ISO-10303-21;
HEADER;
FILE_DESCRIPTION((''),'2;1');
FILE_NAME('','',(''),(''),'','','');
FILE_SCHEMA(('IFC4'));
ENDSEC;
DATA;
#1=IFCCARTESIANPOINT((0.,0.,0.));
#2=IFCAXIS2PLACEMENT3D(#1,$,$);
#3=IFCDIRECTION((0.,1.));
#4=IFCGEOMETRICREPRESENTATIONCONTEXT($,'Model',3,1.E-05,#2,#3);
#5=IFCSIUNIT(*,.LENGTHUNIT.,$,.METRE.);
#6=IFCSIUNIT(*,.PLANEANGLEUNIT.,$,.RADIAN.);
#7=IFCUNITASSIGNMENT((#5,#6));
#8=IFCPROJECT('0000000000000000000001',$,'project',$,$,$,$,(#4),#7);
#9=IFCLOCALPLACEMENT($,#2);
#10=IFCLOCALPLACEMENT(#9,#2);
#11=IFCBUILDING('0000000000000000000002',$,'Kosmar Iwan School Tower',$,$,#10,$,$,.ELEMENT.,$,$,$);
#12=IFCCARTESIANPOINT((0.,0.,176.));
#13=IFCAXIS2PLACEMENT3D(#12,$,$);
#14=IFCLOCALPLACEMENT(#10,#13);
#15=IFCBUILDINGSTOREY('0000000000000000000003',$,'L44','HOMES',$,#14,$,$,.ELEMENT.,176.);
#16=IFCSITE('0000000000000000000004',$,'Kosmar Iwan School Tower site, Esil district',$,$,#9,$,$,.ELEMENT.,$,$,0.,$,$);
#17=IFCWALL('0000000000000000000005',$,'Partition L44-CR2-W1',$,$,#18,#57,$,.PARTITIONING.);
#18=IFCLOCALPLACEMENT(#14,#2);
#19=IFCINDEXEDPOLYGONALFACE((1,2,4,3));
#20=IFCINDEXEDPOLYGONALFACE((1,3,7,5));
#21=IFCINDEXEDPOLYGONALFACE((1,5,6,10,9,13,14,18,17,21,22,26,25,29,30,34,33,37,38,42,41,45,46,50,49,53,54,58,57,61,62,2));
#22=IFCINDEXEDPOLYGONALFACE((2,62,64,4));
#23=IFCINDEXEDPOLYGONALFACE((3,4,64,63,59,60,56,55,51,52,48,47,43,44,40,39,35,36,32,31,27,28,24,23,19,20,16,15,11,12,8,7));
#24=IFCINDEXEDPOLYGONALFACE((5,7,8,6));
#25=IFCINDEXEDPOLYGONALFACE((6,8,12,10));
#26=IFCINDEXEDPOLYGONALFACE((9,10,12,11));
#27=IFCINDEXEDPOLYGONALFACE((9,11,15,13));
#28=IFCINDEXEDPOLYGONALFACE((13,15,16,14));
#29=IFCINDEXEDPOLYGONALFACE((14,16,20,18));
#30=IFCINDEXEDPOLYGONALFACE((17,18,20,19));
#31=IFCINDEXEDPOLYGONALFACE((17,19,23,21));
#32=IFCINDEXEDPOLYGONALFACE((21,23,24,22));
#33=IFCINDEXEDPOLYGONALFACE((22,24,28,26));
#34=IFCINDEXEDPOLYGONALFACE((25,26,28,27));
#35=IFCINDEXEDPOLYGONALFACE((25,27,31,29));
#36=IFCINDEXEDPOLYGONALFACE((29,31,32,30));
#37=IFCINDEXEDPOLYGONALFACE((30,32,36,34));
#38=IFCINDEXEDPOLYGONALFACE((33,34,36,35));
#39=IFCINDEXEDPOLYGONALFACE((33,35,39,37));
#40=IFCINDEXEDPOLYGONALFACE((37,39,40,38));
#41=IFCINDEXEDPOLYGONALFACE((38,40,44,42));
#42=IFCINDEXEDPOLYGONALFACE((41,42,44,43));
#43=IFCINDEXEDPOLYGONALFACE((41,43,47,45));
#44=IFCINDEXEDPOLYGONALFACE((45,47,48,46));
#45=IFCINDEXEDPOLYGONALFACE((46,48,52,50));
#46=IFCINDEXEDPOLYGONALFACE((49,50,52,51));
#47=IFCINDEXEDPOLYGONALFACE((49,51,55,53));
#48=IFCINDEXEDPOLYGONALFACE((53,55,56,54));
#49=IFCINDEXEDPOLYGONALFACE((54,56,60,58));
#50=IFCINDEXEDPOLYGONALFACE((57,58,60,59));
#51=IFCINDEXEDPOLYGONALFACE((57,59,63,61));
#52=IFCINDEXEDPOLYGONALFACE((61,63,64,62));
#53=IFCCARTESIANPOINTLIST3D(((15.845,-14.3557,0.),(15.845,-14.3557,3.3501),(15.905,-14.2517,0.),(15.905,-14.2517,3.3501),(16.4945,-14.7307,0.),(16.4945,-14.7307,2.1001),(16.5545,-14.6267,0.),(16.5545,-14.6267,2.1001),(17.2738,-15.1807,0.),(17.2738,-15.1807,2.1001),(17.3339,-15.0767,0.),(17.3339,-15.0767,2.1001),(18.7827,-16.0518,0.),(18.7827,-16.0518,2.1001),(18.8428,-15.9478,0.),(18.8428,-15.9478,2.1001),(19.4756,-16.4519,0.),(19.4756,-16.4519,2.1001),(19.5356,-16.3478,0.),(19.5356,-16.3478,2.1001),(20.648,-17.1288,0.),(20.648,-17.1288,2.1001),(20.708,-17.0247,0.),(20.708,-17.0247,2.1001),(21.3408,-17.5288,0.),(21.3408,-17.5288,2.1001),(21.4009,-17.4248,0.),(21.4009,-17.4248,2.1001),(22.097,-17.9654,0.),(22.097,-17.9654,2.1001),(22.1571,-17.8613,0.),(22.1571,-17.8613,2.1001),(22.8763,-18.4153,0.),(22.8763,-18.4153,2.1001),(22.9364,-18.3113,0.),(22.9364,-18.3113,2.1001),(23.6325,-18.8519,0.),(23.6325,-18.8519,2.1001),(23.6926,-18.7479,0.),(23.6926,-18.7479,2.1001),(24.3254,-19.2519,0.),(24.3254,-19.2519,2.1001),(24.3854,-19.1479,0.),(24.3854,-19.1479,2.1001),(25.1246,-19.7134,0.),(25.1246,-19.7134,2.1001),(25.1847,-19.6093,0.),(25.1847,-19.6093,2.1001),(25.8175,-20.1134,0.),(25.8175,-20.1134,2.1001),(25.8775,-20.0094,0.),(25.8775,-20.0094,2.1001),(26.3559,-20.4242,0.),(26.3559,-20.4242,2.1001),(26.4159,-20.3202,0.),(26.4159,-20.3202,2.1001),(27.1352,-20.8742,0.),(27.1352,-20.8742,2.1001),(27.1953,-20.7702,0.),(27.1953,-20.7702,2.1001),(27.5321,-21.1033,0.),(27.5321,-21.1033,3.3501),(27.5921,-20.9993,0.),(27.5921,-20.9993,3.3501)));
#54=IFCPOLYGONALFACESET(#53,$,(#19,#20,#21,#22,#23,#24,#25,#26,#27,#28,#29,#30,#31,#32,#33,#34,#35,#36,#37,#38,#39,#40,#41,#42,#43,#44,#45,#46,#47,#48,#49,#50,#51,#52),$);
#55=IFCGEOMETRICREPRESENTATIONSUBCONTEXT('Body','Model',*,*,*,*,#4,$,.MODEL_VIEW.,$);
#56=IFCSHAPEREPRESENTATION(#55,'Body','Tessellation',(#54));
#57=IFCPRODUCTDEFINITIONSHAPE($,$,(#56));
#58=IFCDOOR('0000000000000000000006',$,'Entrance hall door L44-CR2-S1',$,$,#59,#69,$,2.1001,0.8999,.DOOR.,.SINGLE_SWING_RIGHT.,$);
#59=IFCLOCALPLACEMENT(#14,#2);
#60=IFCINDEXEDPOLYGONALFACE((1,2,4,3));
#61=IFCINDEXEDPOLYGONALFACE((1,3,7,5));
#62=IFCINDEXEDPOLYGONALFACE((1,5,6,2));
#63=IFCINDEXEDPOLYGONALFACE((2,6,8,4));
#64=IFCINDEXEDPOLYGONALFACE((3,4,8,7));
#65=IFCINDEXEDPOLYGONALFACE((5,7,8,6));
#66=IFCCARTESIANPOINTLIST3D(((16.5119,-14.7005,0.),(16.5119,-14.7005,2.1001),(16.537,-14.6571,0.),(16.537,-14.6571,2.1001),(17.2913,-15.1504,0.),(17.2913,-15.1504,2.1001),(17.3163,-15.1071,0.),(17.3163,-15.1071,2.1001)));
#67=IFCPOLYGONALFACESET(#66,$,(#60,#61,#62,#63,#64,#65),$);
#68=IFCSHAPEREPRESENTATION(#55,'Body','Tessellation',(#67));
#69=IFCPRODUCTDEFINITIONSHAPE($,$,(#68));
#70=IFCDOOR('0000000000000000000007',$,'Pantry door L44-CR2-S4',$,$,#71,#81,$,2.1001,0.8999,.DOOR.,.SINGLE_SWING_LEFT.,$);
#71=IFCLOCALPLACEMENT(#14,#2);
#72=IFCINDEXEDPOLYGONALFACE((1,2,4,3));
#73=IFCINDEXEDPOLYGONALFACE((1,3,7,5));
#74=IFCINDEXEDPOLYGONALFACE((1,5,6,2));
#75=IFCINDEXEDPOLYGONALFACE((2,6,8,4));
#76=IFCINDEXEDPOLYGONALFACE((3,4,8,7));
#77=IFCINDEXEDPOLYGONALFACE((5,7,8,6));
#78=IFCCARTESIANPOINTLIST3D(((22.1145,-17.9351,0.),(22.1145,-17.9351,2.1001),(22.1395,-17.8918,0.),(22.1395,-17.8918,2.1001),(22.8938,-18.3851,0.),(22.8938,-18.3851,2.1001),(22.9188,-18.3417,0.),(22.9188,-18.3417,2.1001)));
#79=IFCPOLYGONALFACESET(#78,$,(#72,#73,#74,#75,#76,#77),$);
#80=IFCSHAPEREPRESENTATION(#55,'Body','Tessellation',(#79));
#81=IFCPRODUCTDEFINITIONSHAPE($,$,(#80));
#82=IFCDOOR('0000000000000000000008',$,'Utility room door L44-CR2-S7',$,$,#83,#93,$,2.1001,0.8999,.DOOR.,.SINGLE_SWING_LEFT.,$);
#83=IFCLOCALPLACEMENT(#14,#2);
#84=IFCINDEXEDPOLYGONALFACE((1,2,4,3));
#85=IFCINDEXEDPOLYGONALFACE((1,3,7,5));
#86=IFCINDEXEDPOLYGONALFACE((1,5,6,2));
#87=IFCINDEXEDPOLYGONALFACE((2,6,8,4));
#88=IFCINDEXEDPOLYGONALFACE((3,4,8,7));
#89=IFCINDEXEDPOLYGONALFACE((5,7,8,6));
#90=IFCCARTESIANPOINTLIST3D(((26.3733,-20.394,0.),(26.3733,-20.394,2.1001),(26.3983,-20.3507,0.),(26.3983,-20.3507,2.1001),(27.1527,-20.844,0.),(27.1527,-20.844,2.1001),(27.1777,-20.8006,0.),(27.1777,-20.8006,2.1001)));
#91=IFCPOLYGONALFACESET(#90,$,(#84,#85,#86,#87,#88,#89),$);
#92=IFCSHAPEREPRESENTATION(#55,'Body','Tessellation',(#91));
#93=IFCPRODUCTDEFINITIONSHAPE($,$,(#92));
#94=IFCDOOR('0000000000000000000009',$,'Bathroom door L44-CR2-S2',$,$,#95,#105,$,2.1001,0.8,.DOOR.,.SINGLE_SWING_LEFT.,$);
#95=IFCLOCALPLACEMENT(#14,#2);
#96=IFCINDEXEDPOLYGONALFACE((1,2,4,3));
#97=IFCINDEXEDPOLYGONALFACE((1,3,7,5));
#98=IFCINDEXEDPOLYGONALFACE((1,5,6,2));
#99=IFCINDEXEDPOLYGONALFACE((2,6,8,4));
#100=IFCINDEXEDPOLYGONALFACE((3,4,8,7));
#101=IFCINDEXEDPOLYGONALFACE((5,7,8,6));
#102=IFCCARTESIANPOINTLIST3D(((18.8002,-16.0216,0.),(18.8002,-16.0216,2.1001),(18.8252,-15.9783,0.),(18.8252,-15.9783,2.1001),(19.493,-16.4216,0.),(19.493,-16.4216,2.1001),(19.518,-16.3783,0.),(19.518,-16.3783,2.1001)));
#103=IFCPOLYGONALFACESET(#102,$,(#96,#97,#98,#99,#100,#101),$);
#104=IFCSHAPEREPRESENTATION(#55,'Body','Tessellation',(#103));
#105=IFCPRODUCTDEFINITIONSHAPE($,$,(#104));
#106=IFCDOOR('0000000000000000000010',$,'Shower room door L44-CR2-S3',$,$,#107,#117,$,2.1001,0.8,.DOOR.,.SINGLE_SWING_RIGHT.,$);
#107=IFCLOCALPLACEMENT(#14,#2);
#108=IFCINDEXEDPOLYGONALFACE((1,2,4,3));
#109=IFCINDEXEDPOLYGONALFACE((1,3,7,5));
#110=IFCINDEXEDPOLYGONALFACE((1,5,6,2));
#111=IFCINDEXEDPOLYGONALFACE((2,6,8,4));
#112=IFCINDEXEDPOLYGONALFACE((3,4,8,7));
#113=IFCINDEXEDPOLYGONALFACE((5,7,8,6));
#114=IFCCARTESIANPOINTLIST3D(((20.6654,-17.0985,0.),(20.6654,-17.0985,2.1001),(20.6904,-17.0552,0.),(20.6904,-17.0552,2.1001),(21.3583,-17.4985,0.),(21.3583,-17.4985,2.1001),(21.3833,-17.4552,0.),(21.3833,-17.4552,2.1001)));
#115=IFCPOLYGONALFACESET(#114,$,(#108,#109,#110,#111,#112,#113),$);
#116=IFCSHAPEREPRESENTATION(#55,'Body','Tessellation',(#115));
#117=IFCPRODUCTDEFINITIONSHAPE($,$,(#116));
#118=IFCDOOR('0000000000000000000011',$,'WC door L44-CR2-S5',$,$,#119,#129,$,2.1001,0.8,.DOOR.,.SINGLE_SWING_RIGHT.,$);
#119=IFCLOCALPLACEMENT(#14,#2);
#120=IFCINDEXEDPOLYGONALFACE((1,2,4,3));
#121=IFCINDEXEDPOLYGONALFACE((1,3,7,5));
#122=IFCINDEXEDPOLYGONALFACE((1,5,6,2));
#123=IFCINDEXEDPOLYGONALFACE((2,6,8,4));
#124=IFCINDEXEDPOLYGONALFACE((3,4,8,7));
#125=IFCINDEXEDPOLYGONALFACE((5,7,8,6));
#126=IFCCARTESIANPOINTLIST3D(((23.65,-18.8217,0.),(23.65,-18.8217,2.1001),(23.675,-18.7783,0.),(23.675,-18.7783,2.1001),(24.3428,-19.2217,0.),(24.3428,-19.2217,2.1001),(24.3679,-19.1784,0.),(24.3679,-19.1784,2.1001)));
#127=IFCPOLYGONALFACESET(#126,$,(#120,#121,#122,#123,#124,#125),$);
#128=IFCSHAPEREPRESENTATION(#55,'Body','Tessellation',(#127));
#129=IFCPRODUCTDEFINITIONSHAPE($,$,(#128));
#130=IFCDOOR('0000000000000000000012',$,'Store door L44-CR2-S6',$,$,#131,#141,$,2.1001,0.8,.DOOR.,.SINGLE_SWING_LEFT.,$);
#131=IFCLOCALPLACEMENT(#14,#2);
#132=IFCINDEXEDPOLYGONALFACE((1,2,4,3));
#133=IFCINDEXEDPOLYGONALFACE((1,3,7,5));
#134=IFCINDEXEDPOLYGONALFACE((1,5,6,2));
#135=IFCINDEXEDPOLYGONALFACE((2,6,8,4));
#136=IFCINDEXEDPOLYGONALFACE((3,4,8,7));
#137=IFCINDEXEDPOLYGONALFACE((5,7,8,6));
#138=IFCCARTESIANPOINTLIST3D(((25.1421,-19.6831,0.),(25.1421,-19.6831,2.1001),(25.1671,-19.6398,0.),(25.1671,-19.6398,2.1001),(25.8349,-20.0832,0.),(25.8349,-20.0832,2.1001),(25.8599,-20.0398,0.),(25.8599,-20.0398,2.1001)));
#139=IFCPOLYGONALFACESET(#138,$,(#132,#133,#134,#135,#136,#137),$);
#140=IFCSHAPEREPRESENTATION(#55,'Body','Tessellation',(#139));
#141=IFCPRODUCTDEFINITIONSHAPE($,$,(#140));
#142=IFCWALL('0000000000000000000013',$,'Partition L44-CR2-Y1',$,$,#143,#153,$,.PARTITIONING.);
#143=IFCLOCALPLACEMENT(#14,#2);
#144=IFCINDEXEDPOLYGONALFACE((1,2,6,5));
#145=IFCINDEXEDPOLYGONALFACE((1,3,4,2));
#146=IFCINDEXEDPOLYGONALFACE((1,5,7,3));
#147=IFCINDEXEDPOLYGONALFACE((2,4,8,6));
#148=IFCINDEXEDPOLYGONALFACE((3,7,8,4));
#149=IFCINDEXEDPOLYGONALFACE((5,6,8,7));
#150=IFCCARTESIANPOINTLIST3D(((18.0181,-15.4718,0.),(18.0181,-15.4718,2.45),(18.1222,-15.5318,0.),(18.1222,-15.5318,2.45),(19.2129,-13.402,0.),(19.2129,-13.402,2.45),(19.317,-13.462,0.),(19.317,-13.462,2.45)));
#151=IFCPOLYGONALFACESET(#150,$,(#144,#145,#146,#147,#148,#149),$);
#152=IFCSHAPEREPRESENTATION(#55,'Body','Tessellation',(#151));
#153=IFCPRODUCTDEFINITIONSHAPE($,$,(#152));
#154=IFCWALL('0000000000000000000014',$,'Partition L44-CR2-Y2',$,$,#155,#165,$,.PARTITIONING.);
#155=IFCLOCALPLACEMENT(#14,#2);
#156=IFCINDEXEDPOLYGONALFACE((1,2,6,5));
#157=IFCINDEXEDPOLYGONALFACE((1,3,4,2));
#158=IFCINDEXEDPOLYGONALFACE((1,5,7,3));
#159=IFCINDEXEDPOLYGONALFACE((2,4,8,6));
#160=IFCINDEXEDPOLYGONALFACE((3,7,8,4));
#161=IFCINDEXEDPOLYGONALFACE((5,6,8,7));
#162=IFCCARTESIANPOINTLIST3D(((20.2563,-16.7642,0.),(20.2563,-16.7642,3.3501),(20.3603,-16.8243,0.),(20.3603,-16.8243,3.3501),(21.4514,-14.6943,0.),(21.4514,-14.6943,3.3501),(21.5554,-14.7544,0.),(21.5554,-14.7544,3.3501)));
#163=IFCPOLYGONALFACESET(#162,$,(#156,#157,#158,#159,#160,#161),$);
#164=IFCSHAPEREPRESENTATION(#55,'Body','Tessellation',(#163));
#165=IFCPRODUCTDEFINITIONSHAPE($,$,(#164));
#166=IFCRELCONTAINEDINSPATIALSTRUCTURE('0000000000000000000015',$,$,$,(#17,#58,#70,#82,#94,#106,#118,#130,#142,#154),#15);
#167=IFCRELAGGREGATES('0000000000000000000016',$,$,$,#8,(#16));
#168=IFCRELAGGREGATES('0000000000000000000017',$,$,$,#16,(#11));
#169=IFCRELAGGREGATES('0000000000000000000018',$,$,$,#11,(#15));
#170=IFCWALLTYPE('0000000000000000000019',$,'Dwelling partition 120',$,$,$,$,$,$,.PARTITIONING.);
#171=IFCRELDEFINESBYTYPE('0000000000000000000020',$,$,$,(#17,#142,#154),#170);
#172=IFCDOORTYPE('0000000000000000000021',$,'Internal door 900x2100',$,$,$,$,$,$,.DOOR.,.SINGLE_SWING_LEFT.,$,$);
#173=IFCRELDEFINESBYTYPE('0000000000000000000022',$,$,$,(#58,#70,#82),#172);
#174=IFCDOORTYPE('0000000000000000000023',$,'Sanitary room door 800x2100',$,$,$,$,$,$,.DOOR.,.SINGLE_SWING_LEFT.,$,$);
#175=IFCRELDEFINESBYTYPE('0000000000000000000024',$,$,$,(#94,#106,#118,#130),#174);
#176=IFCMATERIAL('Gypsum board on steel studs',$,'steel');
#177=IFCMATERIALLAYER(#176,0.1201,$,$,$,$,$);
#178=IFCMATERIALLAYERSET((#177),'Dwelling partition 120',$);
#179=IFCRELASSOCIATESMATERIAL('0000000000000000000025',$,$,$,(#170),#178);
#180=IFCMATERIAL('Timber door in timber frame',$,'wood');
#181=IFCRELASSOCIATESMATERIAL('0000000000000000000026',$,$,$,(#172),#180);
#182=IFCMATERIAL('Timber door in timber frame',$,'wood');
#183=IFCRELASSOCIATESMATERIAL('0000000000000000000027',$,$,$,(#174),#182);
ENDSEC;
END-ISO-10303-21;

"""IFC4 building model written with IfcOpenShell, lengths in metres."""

from ifc_helpers import new_model, si_unit, direction, frame, frame_2d, origin, place, context, subcontext, project, spatial, rectangle, extrude, material, layer, layer_set, type_object, element, fill, save


model = new_model("IFC4")

# Units and contexts
model_context = context("Model", 3, precision=1e-05, world=origin(), true_north=direction((0.0, 1.0)))
body_context = subcontext(model_context, "Body", "Model", "MODEL_VIEW")
ifc_project = project(units=[si_unit("LENGTHUNIT", "METRE"), si_unit("PLANEANGLEUNIT", "RADIAN")], contexts=[model_context])

# Site, building, storey
site_placement = place(None, origin())
site = spatial("IfcSite", under=ifc_project, at=site_placement, Name="Kosmar Iwan School Tower site, Esil district", CompositionType="ELEMENT", RefElevation=0.0)
building_placement = place(site_placement, origin())
building = spatial("IfcBuilding", under=site, at=building_placement, Name="Kosmar Iwan School Tower", CompositionType="ELEMENT")
storey_placement = place(building_placement, frame((0.0, 0.0, 176.0)))
storey = spatial("IfcBuildingStorey", under=building, at=storey_placement, Name="L44", Description="HOMES", CompositionType="ELEMENT", Elevation=176.0)

# Shared definitions
ifc_material_1 = material(Name="Gypsum board on steel studs", Category="steel")
ifc_layer_1 = layer(ifc_material_1, 0.1201)
ifc_layer_set_1 = layer_set([ifc_layer_1], Name="Dwelling partition 120")
wall_type_1 = type_object("IfcWallType", Name="Dwelling partition 120", PredefinedType="PARTITIONING", material=ifc_layer_set_1)

# Wall, openings, doors
wall_1_placement = place(storey_placement, frame((15.875, -14.3037, 0.0), z_axis=(0.0, 0.0, 1.0), x_axis=(0.866024, -0.500003, 0.0)))
wall_1 = element("IfcWall", 1, at=wall_1_placement, inside=storey, type_object=wall_type_1, Name="Partition L44-CR2-W1", PredefinedType="PARTITIONING", context=body_context, shape_type="SweptSolid", body=[
    extrude(rectangle(XDim=13.4951, YDim=0.1201, at=frame_2d((6.7476, 0.0))), origin(), (0.0, 0.0, 1.0), 3.3501),
])
opening_1_placement = place(wall_1_placement, frame((0.75, 0.0, 0.0)))
opening_1 = element("IfcOpeningElement", 2, at=opening_1_placement, cuts=wall_1, PredefinedType="OPENING", context=body_context, shape_type="SweptSolid", body=[
    extrude(rectangle(XDim=0.8999, YDim=2.1001, at=frame_2d((0.45, 1.05))), frame((0.0, 0.072, 0.0), z_axis=(0.0, -1.0, 0.0), x_axis=(1.0, 0.0, 0.0)), (0.0, 0.0, 1.0), 0.144),
])
opening_2_placement = place(wall_1_placement, frame((3.3923, 0.0, 0.0)))
opening_2 = element("IfcOpeningElement", 3, at=opening_2_placement, cuts=wall_1, PredefinedType="OPENING", context=body_context, shape_type="SweptSolid", body=[
    extrude(rectangle(XDim=0.8, YDim=2.1001, at=frame_2d((0.3999, 1.05))), frame((0.0, 0.072, 0.0), z_axis=(0.0, -1.0, 0.0), x_axis=(1.0, 0.0, 0.0)), (0.0, 0.0, 1.0), 0.144),
])
opening_3_placement = place(wall_1_placement, frame((5.5461, 0.0, 0.0)))
opening_3 = element("IfcOpeningElement", 4, at=opening_3_placement, cuts=wall_1, PredefinedType="OPENING", context=body_context, shape_type="SweptSolid", body=[
    extrude(rectangle(XDim=0.8, YDim=2.1001, at=frame_2d((0.3999, 1.05))), frame((0.0, 0.072, 0.0), z_axis=(0.0, -1.0, 0.0), x_axis=(1.0, 0.0, 0.0)), (0.0, 0.0, 1.0), 0.144),
])
opening_4_placement = place(wall_1_placement, frame((7.2192, 0.0, 0.0)))
opening_4 = element("IfcOpeningElement", 5, at=opening_4_placement, cuts=wall_1, PredefinedType="OPENING", context=body_context, shape_type="SweptSolid", body=[
    extrude(rectangle(XDim=0.8999, YDim=2.1001, at=frame_2d((0.45, 1.05))), frame((0.0, 0.072, 0.0), z_axis=(0.0, -1.0, 0.0), x_axis=(1.0, 0.0, 0.0)), (0.0, 0.0, 1.0), 0.144),
])
opening_5_placement = place(wall_1_placement, frame((8.9924, 0.0, 0.0)))
opening_5 = element("IfcOpeningElement", 6, at=opening_5_placement, cuts=wall_1, PredefinedType="OPENING", context=body_context, shape_type="SweptSolid", body=[
    extrude(rectangle(XDim=0.8, YDim=2.1001, at=frame_2d((0.3999, 1.05))), frame((0.0, 0.072, 0.0), z_axis=(0.0, -1.0, 0.0), x_axis=(1.0, 0.0, 0.0)), (0.0, 0.0, 1.0), 0.144),
])
opening_6_placement = place(wall_1_placement, frame((10.7153, 0.0, 0.0)))
opening_6 = element("IfcOpeningElement", 7, at=opening_6_placement, cuts=wall_1, PredefinedType="OPENING", context=body_context, shape_type="SweptSolid", body=[
    extrude(rectangle(XDim=0.8, YDim=2.1001, at=frame_2d((0.3999, 1.05))), frame((0.0, 0.072, 0.0), z_axis=(0.0, -1.0, 0.0), x_axis=(1.0, 0.0, 0.0)), (0.0, 0.0, 1.0), 0.144),
])
opening_7_placement = place(wall_1_placement, frame((12.137, 0.0, 0.0)))
opening_7 = element("IfcOpeningElement", 8, at=opening_7_placement, cuts=wall_1, PredefinedType="OPENING", context=body_context, shape_type="SweptSolid", body=[
    extrude(rectangle(XDim=0.8999, YDim=2.1001, at=frame_2d((0.45, 1.05))), frame((0.0, 0.072, 0.0), z_axis=(0.0, -1.0, 0.0), x_axis=(1.0, 0.0, 0.0)), (0.0, 0.0, 1.0), 0.144),
])
ifc_material_2 = material(Name="Timber door in timber frame", Category="wood")
door_type_1 = type_object("IfcDoorType", Name="Internal door 900x2100", OperationType="SINGLE_SWING_LEFT", PredefinedType="DOOR", material=ifc_material_2)
door_1_placement = place(opening_1_placement, origin())
door_1 = element("IfcDoor", 9, at=door_1_placement, inside=storey, type_object=door_type_1, Name="Entrance hall door L44-CR2-S1", OperationType="SINGLE_SWING_RIGHT", OverallHeight=2.1001, OverallWidth=0.8999, PredefinedType="DOOR", context=body_context, shape_type="SweptSolid", body=[
    extrude(rectangle(XDim=0.8999, YDim=2.1001, at=frame_2d((0.45, 1.05))), frame((0.0, 0.0249, 0.0), z_axis=(0.0, -1.0, 0.0), x_axis=(1.0, 0.0, 0.0)), (0.0, 0.0, 1.0), 0.05),
])
fill(opening_1, door_1)
door_2_placement = place(opening_4_placement, origin())
door_2 = element("IfcDoor", 10, at=door_2_placement, inside=storey, type_object=door_type_1, Name="Pantry door L44-CR2-S4", OperationType="SINGLE_SWING_LEFT", OverallHeight=2.1001, OverallWidth=0.8999, PredefinedType="DOOR", context=body_context, shape_type="SweptSolid", body=[
    extrude(rectangle(XDim=0.8999, YDim=2.1001, at=frame_2d((0.45, 1.05))), frame((0.0, 0.0249, 0.0), z_axis=(0.0, -1.0, 0.0), x_axis=(1.0, 0.0, 0.0)), (0.0, 0.0, 1.0), 0.05),
])
fill(opening_4, door_2)
door_3_placement = place(opening_7_placement, origin())
door_3 = element("IfcDoor", 11, at=door_3_placement, inside=storey, type_object=door_type_1, Name="Utility room door L44-CR2-S7", OperationType="SINGLE_SWING_LEFT", OverallHeight=2.1001, OverallWidth=0.8999, PredefinedType="DOOR", context=body_context, shape_type="SweptSolid", body=[
    extrude(rectangle(XDim=0.8999, YDim=2.1001, at=frame_2d((0.45, 1.05))), frame((0.0, 0.0249, 0.0), z_axis=(0.0, -1.0, 0.0), x_axis=(1.0, 0.0, 0.0)), (0.0, 0.0, 1.0), 0.05),
])
fill(opening_7, door_3)
ifc_material_3 = material(Name="Timber door in timber frame", Category="wood")
door_type_2 = type_object("IfcDoorType", Name="Sanitary room door 800x2100", OperationType="SINGLE_SWING_LEFT", PredefinedType="DOOR", material=ifc_material_3)
door_4_placement = place(opening_2_placement, origin())
door_4 = element("IfcDoor", 12, at=door_4_placement, inside=storey, type_object=door_type_2, Name="Bathroom door L44-CR2-S2", OperationType="SINGLE_SWING_LEFT", OverallHeight=2.1001, OverallWidth=0.8, PredefinedType="DOOR", context=body_context, shape_type="SweptSolid", body=[
    extrude(rectangle(XDim=0.8, YDim=2.1001, at=frame_2d((0.3999, 1.05))), frame((0.0, 0.0249, 0.0), z_axis=(0.0, -1.0, 0.0), x_axis=(1.0, 0.0, 0.0)), (0.0, 0.0, 1.0), 0.05),
])
fill(opening_2, door_4)
door_5_placement = place(opening_3_placement, origin())
door_5 = element("IfcDoor", 13, at=door_5_placement, inside=storey, type_object=door_type_2, Name="Shower room door L44-CR2-S3", OperationType="SINGLE_SWING_RIGHT", OverallHeight=2.1001, OverallWidth=0.8, PredefinedType="DOOR", context=body_context, shape_type="SweptSolid", body=[
    extrude(rectangle(XDim=0.8, YDim=2.1001, at=frame_2d((0.3999, 1.05))), frame((0.0, 0.0249, 0.0), z_axis=(0.0, -1.0, 0.0), x_axis=(1.0, 0.0, 0.0)), (0.0, 0.0, 1.0), 0.05),
])
fill(opening_3, door_5)
door_6_placement = place(opening_5_placement, origin())
door_6 = element("IfcDoor", 14, at=door_6_placement, inside=storey, type_object=door_type_2, Name="WC door L44-CR2-S5", OperationType="SINGLE_SWING_RIGHT", OverallHeight=2.1001, OverallWidth=0.8, PredefinedType="DOOR", context=body_context, shape_type="SweptSolid", body=[
    extrude(rectangle(XDim=0.8, YDim=2.1001, at=frame_2d((0.3999, 1.05))), frame((0.0, 0.0249, 0.0), z_axis=(0.0, -1.0, 0.0), x_axis=(1.0, 0.0, 0.0)), (0.0, 0.0, 1.0), 0.05),
])
fill(opening_5, door_6)
door_7_placement = place(opening_6_placement, origin())
door_7 = element("IfcDoor", 15, at=door_7_placement, inside=storey, type_object=door_type_2, Name="Store door L44-CR2-S6", OperationType="SINGLE_SWING_LEFT", OverallHeight=2.1001, OverallWidth=0.8, PredefinedType="DOOR", context=body_context, shape_type="SweptSolid", body=[
    extrude(rectangle(XDim=0.8, YDim=2.1001, at=frame_2d((0.3999, 1.05))), frame((0.0, 0.0249, 0.0), z_axis=(0.0, -1.0, 0.0), x_axis=(1.0, 0.0, 0.0)), (0.0, 0.0, 1.0), 0.05),
])
fill(opening_6, door_7)

# Walls
wall_2_placement = place(storey_placement, frame((19.2649, -13.4321, 0.0), z_axis=(0.0, 0.0, 1.0), x_axis=(-0.499941, -0.86606, 0.0)))
element("IfcWall", 16, at=wall_2_placement, inside=storey, type_object=wall_type_1, Name="Partition L44-CR2-Y1", PredefinedType="PARTITIONING", context=body_context, shape_type="SweptSolid", body=[
    extrude(rectangle(XDim=2.3899, YDim=0.1201, at=frame_2d((1.1948, 0.0))), origin(), (0.0, 0.0, 1.0), 2.45),
])
wall_3_placement = place(storey_placement, frame((21.5034, -14.7244, 0.0), z_axis=(0.0, 0.0, 1.0), x_axis=(-0.500017, -0.866015, 0.0)))
element("IfcWall", 17, at=wall_3_placement, inside=storey, type_object=wall_type_1, Name="Partition L44-CR2-Y2", PredefinedType="PARTITIONING", context=body_context, shape_type="SweptSolid", body=[
    extrude(rectangle(XDim=2.3901, YDim=0.1201, at=frame_2d((1.1951, 0.0))), origin(), (0.0, 0.0, 1.0), 3.3501),
])

save(model, "model.ifc")
